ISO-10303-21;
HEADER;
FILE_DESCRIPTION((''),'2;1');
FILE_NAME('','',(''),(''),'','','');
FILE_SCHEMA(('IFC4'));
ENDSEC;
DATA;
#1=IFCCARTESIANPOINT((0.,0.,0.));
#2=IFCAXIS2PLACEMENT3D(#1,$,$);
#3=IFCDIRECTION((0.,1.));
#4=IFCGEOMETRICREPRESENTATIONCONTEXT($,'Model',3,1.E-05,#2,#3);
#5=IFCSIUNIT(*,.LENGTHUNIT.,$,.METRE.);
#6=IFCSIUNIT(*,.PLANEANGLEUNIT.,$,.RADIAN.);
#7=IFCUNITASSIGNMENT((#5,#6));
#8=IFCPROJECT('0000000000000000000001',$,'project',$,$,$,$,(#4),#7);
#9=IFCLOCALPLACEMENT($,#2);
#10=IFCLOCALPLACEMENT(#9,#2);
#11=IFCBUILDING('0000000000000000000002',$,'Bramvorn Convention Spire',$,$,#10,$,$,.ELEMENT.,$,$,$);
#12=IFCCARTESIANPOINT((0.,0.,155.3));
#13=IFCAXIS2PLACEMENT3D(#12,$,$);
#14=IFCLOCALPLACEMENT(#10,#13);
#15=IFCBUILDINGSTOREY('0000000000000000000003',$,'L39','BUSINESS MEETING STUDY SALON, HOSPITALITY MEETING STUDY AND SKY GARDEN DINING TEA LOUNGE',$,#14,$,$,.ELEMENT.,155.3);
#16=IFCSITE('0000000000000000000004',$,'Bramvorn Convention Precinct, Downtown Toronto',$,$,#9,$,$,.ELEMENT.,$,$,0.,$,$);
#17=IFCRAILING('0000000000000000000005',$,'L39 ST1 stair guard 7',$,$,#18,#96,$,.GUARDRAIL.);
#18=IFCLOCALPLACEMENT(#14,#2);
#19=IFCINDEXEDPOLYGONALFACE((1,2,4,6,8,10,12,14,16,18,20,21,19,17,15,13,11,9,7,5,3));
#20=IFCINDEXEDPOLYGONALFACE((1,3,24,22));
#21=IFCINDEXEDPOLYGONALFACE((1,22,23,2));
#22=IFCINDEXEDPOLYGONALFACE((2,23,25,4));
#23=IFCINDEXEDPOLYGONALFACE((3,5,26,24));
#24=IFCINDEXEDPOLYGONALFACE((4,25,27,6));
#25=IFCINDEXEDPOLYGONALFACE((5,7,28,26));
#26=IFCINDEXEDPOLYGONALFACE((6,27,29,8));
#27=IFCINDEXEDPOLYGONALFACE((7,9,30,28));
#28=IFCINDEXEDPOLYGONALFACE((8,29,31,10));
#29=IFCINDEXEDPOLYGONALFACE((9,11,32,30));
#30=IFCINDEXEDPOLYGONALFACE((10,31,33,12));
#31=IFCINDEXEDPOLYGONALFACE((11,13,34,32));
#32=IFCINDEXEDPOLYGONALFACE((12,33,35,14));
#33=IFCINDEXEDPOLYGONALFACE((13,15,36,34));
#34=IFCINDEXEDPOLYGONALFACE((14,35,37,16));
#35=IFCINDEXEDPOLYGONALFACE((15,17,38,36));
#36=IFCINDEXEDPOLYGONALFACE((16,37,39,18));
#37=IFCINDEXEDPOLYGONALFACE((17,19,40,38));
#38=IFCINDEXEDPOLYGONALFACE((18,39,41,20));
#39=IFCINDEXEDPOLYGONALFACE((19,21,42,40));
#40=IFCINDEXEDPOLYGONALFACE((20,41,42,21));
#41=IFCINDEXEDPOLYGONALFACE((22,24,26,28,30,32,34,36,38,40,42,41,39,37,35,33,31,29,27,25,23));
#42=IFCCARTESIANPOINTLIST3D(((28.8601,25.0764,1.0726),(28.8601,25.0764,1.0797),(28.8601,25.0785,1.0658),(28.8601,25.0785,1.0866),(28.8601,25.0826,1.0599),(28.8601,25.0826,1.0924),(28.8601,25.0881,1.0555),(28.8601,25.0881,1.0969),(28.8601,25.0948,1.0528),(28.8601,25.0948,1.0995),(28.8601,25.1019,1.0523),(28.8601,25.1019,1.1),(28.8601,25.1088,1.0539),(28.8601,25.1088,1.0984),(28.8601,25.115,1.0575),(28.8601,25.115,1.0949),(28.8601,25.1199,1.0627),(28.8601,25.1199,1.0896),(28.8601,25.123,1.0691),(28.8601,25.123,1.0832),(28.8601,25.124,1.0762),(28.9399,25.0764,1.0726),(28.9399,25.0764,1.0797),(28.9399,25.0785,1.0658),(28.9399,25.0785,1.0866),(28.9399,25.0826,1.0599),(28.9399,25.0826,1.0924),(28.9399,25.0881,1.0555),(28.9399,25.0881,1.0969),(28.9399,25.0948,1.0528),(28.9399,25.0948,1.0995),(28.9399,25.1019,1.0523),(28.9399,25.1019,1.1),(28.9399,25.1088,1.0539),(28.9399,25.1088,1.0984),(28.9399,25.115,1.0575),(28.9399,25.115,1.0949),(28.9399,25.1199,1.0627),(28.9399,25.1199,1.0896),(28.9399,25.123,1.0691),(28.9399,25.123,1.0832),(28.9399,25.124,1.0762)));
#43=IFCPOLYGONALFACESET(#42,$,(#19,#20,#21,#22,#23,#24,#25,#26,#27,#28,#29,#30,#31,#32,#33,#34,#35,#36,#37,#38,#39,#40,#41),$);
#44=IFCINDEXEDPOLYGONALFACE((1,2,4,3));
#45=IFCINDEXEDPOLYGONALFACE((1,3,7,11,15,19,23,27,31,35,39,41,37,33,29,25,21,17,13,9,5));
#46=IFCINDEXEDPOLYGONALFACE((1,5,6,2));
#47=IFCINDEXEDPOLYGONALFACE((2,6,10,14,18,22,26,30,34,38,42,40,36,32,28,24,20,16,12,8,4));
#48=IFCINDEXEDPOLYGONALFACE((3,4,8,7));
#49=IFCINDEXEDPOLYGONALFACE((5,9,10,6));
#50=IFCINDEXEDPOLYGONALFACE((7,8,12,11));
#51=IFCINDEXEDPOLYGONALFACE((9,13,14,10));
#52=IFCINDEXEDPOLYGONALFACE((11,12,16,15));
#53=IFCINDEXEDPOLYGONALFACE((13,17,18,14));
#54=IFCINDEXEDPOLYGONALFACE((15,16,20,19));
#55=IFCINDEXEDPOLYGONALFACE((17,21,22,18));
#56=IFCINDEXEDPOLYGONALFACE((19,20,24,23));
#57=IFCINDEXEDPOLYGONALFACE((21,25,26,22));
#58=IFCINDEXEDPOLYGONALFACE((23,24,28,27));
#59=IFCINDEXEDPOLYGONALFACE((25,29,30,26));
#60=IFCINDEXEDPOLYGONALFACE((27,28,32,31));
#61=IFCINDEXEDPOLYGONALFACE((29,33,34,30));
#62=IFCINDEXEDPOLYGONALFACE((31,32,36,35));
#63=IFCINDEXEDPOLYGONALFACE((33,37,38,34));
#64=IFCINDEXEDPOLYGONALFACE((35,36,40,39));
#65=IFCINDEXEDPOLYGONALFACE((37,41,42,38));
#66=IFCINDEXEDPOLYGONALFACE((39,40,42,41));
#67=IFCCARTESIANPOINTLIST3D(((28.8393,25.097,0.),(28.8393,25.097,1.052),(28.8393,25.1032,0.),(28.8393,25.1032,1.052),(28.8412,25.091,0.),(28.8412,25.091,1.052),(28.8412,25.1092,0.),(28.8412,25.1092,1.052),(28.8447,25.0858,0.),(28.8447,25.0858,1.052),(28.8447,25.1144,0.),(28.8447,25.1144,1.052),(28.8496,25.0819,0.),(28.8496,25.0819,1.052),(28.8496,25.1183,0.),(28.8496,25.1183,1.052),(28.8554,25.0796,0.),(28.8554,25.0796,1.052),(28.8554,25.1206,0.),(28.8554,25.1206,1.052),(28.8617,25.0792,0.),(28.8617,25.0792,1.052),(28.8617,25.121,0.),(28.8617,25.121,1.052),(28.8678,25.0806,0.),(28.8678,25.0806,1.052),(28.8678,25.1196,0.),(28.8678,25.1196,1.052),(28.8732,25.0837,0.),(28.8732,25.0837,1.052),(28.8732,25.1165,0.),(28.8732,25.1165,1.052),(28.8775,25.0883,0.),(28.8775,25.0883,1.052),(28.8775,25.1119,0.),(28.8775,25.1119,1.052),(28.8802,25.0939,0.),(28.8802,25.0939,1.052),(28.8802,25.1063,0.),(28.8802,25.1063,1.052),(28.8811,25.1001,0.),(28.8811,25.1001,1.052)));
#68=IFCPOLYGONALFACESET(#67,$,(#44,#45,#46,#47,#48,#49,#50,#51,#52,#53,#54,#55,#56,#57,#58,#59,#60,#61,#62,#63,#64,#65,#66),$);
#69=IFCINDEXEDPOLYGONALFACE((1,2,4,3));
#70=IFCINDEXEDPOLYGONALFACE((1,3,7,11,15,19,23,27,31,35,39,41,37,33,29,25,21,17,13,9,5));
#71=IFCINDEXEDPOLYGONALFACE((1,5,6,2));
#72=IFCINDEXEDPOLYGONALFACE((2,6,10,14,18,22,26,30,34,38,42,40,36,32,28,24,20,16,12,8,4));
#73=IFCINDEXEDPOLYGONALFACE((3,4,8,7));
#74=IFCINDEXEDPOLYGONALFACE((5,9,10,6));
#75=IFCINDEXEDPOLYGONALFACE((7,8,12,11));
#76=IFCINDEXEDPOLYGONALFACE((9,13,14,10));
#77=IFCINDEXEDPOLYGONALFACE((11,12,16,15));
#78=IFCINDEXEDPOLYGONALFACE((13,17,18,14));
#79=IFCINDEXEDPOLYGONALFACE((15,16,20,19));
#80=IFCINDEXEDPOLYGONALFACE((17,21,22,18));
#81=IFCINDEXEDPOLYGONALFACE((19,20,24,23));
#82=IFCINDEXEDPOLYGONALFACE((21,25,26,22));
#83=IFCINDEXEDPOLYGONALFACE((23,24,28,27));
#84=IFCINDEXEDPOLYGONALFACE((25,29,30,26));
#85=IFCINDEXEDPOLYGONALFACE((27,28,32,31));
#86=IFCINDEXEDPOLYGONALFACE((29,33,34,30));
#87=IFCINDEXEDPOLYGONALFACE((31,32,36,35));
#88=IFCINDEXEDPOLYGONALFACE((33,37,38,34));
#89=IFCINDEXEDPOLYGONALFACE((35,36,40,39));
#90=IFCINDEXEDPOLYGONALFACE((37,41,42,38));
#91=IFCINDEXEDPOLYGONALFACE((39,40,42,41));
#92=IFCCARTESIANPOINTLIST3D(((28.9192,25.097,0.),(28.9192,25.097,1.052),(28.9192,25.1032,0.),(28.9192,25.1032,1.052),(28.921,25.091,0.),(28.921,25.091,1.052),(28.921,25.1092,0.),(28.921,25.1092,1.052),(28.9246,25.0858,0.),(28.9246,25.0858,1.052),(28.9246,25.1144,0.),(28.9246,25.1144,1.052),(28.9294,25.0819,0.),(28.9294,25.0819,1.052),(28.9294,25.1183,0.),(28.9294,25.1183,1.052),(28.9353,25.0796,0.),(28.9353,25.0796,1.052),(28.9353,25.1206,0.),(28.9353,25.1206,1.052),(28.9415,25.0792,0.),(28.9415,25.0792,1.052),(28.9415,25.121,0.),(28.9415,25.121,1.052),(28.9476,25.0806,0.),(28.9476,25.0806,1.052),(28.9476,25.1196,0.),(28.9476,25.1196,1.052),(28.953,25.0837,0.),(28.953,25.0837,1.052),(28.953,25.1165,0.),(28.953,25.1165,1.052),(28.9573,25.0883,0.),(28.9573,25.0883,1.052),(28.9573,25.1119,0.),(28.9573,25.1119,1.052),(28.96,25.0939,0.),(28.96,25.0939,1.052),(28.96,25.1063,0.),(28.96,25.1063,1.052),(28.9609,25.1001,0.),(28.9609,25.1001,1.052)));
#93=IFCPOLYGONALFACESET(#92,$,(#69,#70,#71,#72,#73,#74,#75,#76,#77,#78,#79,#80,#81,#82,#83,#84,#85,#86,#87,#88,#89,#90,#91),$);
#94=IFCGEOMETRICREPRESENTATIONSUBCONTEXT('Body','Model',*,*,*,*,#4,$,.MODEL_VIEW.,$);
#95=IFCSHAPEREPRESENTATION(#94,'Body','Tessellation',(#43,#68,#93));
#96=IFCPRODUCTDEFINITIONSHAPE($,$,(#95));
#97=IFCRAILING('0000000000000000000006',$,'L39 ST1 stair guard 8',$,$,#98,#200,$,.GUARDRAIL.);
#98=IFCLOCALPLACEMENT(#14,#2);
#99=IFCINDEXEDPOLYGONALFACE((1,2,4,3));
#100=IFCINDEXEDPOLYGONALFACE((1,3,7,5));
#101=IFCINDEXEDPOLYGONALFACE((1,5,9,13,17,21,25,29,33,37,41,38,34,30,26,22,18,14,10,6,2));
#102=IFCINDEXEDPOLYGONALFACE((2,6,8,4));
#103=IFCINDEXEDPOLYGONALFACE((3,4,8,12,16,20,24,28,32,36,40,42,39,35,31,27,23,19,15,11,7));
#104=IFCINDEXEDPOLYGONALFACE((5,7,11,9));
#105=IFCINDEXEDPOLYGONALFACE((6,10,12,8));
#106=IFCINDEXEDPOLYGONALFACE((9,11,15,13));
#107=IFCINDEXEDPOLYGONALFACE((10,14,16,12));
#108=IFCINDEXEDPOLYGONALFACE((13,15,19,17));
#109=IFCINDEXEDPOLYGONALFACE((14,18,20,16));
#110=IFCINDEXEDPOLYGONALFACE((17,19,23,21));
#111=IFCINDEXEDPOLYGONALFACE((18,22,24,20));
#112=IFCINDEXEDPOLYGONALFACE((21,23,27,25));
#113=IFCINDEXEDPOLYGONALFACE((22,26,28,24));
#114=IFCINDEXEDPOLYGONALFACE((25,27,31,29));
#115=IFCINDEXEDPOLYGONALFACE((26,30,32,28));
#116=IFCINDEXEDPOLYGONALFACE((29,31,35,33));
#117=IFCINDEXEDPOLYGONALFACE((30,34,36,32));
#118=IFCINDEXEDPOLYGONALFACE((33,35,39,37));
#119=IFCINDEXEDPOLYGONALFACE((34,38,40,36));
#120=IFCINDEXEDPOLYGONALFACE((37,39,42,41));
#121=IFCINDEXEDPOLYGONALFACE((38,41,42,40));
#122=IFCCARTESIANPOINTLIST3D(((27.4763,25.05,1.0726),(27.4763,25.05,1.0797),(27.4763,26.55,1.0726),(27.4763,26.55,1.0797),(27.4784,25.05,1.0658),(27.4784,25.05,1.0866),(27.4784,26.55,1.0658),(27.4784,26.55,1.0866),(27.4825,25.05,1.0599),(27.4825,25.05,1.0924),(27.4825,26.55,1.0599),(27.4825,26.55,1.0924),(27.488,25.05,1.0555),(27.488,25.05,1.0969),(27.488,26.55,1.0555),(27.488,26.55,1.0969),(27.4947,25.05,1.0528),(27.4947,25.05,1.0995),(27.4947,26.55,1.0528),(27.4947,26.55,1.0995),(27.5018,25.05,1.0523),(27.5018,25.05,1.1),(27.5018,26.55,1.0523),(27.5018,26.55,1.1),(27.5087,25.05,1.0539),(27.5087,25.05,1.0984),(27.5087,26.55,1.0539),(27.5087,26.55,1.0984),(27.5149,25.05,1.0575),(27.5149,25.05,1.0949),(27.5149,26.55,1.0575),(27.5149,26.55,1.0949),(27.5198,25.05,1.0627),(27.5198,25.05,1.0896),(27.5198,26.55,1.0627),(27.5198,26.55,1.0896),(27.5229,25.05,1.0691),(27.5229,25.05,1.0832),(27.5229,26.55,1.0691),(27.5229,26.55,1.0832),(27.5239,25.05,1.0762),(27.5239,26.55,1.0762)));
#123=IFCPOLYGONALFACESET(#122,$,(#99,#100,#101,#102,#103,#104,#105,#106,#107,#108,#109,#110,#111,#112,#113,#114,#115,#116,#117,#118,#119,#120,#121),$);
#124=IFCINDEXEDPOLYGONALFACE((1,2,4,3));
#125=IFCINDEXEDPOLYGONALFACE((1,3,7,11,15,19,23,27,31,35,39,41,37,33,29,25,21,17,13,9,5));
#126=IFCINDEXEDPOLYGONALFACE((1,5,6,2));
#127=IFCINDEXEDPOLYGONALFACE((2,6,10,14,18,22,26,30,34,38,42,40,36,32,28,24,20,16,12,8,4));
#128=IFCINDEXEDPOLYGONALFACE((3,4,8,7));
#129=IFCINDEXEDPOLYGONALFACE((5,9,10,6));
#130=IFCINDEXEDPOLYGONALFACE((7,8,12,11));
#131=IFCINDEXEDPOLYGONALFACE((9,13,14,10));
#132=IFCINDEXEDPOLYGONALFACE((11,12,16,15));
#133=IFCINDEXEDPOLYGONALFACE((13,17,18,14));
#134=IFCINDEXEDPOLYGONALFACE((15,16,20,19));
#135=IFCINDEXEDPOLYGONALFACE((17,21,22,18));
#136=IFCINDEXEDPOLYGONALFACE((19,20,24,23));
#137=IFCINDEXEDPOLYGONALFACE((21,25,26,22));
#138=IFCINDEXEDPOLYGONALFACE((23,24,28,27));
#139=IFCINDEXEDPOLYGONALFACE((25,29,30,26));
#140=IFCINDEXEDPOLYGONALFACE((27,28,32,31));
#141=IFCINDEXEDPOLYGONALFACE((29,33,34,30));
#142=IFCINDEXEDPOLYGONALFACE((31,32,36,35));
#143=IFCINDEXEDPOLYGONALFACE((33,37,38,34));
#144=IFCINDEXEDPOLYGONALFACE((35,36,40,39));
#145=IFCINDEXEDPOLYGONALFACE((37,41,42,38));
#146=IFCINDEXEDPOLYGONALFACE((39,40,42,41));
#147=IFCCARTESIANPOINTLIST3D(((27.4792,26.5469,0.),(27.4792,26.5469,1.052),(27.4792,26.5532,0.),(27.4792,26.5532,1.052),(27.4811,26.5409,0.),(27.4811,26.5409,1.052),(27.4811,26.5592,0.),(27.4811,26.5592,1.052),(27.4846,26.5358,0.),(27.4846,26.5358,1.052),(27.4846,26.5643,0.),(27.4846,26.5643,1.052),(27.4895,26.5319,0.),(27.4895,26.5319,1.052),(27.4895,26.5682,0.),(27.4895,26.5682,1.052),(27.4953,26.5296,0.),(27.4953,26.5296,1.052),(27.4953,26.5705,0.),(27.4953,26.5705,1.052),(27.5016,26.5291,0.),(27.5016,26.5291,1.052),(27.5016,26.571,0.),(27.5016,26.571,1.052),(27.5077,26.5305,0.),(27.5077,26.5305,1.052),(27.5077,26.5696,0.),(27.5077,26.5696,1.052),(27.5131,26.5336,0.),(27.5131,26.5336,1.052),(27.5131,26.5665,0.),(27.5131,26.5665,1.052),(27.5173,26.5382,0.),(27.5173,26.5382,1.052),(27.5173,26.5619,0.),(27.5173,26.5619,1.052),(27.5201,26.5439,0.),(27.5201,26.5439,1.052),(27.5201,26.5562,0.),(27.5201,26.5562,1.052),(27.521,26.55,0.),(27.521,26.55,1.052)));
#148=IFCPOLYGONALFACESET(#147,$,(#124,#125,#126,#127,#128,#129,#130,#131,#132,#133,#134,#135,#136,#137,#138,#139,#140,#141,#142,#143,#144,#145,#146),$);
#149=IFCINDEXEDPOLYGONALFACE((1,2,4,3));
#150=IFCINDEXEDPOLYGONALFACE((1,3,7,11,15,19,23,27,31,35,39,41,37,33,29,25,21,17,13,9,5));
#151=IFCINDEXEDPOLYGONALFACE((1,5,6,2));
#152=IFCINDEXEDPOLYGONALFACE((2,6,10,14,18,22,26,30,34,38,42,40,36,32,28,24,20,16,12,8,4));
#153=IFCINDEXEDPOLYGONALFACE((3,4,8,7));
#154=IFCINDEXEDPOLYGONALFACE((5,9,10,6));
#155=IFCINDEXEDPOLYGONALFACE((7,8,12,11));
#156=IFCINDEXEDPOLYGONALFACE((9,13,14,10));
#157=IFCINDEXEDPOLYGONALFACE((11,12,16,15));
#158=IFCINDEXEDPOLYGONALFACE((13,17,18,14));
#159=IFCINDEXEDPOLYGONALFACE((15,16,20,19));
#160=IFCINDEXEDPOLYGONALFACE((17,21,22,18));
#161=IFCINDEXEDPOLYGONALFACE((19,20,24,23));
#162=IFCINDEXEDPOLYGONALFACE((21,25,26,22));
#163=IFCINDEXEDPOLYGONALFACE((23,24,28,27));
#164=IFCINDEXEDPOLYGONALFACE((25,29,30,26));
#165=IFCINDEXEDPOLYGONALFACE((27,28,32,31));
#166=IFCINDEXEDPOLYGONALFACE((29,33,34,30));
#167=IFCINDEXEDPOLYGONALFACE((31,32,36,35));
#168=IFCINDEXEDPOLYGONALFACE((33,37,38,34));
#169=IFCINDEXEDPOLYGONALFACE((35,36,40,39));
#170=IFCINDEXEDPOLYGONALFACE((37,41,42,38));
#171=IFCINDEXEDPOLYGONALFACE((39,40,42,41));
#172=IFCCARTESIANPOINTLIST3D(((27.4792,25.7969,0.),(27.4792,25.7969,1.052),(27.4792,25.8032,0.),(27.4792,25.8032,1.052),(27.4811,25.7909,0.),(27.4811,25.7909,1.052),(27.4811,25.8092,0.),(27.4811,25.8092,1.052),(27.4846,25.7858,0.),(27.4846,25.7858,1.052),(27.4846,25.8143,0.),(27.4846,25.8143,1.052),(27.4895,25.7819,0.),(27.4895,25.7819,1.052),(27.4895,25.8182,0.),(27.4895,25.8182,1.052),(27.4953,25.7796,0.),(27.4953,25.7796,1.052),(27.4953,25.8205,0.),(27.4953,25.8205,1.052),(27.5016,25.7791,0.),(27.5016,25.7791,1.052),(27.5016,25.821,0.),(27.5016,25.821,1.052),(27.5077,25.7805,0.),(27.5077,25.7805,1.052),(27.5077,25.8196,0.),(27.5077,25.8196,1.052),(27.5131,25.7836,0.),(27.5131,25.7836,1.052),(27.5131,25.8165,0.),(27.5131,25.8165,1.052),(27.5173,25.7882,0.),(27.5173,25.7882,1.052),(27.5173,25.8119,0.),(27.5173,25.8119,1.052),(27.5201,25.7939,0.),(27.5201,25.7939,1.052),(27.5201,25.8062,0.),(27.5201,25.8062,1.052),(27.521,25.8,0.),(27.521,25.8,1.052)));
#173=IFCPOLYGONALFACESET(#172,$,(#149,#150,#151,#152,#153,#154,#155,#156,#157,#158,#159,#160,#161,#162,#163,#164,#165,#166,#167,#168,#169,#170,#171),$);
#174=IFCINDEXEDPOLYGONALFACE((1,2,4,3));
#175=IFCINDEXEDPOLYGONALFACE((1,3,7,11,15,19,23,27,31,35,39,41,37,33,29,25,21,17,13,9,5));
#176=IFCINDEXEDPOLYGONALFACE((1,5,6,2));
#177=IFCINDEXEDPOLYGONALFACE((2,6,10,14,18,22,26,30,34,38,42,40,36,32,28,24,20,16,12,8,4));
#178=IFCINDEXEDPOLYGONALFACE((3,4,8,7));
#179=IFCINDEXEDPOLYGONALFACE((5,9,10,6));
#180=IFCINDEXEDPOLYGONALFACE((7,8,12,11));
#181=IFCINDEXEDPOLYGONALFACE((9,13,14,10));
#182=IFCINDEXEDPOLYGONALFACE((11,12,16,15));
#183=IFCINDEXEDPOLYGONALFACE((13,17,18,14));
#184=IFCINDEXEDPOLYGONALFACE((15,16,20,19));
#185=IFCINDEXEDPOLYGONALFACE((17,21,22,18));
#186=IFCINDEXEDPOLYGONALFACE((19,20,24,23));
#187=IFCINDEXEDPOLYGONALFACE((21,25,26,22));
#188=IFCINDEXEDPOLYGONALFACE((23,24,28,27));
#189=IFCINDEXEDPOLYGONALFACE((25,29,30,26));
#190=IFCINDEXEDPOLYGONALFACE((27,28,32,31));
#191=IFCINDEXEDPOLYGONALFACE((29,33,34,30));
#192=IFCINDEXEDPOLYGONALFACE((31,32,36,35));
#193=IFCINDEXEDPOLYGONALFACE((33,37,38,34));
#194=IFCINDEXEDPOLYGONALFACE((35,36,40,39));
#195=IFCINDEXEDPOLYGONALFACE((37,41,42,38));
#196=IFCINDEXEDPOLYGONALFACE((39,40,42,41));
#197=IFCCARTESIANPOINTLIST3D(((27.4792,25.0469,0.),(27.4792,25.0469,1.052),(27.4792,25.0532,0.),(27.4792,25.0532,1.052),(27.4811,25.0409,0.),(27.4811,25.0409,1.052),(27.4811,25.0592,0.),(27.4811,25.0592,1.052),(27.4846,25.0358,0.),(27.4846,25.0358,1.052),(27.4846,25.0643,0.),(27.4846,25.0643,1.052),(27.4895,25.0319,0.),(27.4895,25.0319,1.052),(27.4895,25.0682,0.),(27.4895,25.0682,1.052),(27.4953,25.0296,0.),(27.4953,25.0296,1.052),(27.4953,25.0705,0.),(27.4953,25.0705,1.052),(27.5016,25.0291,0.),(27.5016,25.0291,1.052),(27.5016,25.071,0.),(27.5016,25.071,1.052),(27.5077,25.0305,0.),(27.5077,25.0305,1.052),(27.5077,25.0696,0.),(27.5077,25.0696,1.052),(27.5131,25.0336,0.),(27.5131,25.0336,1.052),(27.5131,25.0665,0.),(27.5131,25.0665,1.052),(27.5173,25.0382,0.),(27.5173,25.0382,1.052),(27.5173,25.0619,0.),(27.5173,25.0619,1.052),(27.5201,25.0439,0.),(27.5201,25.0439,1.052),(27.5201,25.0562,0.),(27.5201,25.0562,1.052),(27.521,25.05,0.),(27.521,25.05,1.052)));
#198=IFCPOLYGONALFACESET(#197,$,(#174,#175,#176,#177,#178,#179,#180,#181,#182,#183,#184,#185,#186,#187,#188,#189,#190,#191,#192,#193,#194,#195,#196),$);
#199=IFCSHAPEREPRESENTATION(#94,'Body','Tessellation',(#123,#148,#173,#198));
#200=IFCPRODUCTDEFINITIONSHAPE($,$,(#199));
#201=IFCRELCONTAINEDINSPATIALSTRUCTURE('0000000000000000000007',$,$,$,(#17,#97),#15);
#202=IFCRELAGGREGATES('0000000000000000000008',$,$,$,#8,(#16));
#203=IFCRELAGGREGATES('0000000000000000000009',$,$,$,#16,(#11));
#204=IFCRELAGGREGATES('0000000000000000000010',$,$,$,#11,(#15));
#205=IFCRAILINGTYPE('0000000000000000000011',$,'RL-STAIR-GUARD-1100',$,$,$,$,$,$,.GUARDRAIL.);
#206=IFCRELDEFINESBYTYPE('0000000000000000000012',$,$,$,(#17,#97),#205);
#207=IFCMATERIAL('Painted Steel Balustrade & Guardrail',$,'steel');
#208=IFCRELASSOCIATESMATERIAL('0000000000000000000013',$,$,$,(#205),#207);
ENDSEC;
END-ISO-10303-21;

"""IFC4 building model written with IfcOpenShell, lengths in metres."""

from ifc_helpers import new_model, si_unit, direction, frame, origin, origin_2d, place, context, subcontext, project, spatial, circle, extrude, material, type_object, element, save


model = new_model("IFC4")

# Units and contexts
model_context = context("Model", 3, precision=1e-05, world=origin(), true_north=direction((0.0, 1.0)))
body_context = subcontext(model_context, "Body", "Model", "MODEL_VIEW")
ifc_project = project(units=[si_unit("LENGTHUNIT", "METRE"), si_unit("PLANEANGLEUNIT", "RADIAN")], contexts=[model_context])

# Site, building, storey
site_placement = place(None, origin())
site = spatial("IfcSite", under=ifc_project, at=site_placement, Name="Bramvorn Convention Precinct, Downtown Toronto", CompositionType="ELEMENT", RefElevation=0.0)
building_placement = place(site_placement, origin())
building = spatial("IfcBuilding", under=site, at=building_placement, Name="Bramvorn Convention Spire", CompositionType="ELEMENT")
storey_placement = place(building_placement, frame((0.0, 0.0, 155.3)))
storey = spatial("IfcBuildingStorey", under=building, at=storey_placement, Name="L39", Description="BUSINESS MEETING STUDY SALON, HOSPITALITY MEETING STUDY AND SKY GARDEN DINING TEA LOUNGE", CompositionType="ELEMENT", Elevation=155.3)

# Railings
ifc_material_1 = material(Name="Painted Steel Balustrade & Guardrail", Category="steel")
railing_type_1 = type_object("IfcRailingType", Name="RL-STAIR-GUARD-1100", PredefinedType="GUARDRAIL", material=ifc_material_1)
railing_1_placement = place(storey_placement, frame((28.8601, 25.1001, 0.0)))
element("IfcRailing", 1, at=railing_1_placement, inside=storey, type_object=railing_type_1, Name="L39 ST1 stair guard 7", PredefinedType="GUARDRAIL", context=body_context, shape_type="SweptSolid", body=[
    extrude(circle(Radius=0.0239, at=origin_2d()), frame((0.0, 0.0, 1.0762), z_axis=(1.0, 0.0, 0.0), x_axis=(0.0, 1.0, 0.0)), (0.0, 0.0, 1.0), 0.0798),
    extrude(circle(Radius=0.021, at=origin_2d()), origin(), (0.0, 0.0, 1.0), 1.052),
    extrude(circle(Radius=0.021, at=origin_2d()), frame((0.0798, 0.0, 0.0)), (0.0, 0.0, 1.0), 1.052),
])
for number, where, name in (
    (2, (27.5, 26.55, 0.0), "L39 ST1 stair guard 8"),
):
    element("IfcRailing", number, at=place(storey_placement, frame(where)), inside=storey, type_object=railing_type_1, Name=name, PredefinedType="GUARDRAIL", context=body_context, shape_type="SweptSolid", body=[
        extrude(circle(Radius=0.0239, at=origin_2d()), frame((0.0, 0.0, 1.0762), z_axis=(0.0, -1.0, 0.0), x_axis=(1.0, 0.0, 0.0)), (0.0, 0.0, 1.0), 1.5),
        extrude(circle(Radius=0.021, at=origin_2d()), origin(), (0.0, 0.0, 1.0), 1.052),
        extrude(circle(Radius=0.021, at=origin_2d()), frame((0.0, -0.75, 0.0)), (0.0, 0.0, 1.0), 1.052),
        extrude(circle(Radius=0.021, at=origin_2d()), frame((0.0, -1.5, 0.0)), (0.0, 0.0, 1.0), 1.052),
    ])

save(model, "model.ifc")
